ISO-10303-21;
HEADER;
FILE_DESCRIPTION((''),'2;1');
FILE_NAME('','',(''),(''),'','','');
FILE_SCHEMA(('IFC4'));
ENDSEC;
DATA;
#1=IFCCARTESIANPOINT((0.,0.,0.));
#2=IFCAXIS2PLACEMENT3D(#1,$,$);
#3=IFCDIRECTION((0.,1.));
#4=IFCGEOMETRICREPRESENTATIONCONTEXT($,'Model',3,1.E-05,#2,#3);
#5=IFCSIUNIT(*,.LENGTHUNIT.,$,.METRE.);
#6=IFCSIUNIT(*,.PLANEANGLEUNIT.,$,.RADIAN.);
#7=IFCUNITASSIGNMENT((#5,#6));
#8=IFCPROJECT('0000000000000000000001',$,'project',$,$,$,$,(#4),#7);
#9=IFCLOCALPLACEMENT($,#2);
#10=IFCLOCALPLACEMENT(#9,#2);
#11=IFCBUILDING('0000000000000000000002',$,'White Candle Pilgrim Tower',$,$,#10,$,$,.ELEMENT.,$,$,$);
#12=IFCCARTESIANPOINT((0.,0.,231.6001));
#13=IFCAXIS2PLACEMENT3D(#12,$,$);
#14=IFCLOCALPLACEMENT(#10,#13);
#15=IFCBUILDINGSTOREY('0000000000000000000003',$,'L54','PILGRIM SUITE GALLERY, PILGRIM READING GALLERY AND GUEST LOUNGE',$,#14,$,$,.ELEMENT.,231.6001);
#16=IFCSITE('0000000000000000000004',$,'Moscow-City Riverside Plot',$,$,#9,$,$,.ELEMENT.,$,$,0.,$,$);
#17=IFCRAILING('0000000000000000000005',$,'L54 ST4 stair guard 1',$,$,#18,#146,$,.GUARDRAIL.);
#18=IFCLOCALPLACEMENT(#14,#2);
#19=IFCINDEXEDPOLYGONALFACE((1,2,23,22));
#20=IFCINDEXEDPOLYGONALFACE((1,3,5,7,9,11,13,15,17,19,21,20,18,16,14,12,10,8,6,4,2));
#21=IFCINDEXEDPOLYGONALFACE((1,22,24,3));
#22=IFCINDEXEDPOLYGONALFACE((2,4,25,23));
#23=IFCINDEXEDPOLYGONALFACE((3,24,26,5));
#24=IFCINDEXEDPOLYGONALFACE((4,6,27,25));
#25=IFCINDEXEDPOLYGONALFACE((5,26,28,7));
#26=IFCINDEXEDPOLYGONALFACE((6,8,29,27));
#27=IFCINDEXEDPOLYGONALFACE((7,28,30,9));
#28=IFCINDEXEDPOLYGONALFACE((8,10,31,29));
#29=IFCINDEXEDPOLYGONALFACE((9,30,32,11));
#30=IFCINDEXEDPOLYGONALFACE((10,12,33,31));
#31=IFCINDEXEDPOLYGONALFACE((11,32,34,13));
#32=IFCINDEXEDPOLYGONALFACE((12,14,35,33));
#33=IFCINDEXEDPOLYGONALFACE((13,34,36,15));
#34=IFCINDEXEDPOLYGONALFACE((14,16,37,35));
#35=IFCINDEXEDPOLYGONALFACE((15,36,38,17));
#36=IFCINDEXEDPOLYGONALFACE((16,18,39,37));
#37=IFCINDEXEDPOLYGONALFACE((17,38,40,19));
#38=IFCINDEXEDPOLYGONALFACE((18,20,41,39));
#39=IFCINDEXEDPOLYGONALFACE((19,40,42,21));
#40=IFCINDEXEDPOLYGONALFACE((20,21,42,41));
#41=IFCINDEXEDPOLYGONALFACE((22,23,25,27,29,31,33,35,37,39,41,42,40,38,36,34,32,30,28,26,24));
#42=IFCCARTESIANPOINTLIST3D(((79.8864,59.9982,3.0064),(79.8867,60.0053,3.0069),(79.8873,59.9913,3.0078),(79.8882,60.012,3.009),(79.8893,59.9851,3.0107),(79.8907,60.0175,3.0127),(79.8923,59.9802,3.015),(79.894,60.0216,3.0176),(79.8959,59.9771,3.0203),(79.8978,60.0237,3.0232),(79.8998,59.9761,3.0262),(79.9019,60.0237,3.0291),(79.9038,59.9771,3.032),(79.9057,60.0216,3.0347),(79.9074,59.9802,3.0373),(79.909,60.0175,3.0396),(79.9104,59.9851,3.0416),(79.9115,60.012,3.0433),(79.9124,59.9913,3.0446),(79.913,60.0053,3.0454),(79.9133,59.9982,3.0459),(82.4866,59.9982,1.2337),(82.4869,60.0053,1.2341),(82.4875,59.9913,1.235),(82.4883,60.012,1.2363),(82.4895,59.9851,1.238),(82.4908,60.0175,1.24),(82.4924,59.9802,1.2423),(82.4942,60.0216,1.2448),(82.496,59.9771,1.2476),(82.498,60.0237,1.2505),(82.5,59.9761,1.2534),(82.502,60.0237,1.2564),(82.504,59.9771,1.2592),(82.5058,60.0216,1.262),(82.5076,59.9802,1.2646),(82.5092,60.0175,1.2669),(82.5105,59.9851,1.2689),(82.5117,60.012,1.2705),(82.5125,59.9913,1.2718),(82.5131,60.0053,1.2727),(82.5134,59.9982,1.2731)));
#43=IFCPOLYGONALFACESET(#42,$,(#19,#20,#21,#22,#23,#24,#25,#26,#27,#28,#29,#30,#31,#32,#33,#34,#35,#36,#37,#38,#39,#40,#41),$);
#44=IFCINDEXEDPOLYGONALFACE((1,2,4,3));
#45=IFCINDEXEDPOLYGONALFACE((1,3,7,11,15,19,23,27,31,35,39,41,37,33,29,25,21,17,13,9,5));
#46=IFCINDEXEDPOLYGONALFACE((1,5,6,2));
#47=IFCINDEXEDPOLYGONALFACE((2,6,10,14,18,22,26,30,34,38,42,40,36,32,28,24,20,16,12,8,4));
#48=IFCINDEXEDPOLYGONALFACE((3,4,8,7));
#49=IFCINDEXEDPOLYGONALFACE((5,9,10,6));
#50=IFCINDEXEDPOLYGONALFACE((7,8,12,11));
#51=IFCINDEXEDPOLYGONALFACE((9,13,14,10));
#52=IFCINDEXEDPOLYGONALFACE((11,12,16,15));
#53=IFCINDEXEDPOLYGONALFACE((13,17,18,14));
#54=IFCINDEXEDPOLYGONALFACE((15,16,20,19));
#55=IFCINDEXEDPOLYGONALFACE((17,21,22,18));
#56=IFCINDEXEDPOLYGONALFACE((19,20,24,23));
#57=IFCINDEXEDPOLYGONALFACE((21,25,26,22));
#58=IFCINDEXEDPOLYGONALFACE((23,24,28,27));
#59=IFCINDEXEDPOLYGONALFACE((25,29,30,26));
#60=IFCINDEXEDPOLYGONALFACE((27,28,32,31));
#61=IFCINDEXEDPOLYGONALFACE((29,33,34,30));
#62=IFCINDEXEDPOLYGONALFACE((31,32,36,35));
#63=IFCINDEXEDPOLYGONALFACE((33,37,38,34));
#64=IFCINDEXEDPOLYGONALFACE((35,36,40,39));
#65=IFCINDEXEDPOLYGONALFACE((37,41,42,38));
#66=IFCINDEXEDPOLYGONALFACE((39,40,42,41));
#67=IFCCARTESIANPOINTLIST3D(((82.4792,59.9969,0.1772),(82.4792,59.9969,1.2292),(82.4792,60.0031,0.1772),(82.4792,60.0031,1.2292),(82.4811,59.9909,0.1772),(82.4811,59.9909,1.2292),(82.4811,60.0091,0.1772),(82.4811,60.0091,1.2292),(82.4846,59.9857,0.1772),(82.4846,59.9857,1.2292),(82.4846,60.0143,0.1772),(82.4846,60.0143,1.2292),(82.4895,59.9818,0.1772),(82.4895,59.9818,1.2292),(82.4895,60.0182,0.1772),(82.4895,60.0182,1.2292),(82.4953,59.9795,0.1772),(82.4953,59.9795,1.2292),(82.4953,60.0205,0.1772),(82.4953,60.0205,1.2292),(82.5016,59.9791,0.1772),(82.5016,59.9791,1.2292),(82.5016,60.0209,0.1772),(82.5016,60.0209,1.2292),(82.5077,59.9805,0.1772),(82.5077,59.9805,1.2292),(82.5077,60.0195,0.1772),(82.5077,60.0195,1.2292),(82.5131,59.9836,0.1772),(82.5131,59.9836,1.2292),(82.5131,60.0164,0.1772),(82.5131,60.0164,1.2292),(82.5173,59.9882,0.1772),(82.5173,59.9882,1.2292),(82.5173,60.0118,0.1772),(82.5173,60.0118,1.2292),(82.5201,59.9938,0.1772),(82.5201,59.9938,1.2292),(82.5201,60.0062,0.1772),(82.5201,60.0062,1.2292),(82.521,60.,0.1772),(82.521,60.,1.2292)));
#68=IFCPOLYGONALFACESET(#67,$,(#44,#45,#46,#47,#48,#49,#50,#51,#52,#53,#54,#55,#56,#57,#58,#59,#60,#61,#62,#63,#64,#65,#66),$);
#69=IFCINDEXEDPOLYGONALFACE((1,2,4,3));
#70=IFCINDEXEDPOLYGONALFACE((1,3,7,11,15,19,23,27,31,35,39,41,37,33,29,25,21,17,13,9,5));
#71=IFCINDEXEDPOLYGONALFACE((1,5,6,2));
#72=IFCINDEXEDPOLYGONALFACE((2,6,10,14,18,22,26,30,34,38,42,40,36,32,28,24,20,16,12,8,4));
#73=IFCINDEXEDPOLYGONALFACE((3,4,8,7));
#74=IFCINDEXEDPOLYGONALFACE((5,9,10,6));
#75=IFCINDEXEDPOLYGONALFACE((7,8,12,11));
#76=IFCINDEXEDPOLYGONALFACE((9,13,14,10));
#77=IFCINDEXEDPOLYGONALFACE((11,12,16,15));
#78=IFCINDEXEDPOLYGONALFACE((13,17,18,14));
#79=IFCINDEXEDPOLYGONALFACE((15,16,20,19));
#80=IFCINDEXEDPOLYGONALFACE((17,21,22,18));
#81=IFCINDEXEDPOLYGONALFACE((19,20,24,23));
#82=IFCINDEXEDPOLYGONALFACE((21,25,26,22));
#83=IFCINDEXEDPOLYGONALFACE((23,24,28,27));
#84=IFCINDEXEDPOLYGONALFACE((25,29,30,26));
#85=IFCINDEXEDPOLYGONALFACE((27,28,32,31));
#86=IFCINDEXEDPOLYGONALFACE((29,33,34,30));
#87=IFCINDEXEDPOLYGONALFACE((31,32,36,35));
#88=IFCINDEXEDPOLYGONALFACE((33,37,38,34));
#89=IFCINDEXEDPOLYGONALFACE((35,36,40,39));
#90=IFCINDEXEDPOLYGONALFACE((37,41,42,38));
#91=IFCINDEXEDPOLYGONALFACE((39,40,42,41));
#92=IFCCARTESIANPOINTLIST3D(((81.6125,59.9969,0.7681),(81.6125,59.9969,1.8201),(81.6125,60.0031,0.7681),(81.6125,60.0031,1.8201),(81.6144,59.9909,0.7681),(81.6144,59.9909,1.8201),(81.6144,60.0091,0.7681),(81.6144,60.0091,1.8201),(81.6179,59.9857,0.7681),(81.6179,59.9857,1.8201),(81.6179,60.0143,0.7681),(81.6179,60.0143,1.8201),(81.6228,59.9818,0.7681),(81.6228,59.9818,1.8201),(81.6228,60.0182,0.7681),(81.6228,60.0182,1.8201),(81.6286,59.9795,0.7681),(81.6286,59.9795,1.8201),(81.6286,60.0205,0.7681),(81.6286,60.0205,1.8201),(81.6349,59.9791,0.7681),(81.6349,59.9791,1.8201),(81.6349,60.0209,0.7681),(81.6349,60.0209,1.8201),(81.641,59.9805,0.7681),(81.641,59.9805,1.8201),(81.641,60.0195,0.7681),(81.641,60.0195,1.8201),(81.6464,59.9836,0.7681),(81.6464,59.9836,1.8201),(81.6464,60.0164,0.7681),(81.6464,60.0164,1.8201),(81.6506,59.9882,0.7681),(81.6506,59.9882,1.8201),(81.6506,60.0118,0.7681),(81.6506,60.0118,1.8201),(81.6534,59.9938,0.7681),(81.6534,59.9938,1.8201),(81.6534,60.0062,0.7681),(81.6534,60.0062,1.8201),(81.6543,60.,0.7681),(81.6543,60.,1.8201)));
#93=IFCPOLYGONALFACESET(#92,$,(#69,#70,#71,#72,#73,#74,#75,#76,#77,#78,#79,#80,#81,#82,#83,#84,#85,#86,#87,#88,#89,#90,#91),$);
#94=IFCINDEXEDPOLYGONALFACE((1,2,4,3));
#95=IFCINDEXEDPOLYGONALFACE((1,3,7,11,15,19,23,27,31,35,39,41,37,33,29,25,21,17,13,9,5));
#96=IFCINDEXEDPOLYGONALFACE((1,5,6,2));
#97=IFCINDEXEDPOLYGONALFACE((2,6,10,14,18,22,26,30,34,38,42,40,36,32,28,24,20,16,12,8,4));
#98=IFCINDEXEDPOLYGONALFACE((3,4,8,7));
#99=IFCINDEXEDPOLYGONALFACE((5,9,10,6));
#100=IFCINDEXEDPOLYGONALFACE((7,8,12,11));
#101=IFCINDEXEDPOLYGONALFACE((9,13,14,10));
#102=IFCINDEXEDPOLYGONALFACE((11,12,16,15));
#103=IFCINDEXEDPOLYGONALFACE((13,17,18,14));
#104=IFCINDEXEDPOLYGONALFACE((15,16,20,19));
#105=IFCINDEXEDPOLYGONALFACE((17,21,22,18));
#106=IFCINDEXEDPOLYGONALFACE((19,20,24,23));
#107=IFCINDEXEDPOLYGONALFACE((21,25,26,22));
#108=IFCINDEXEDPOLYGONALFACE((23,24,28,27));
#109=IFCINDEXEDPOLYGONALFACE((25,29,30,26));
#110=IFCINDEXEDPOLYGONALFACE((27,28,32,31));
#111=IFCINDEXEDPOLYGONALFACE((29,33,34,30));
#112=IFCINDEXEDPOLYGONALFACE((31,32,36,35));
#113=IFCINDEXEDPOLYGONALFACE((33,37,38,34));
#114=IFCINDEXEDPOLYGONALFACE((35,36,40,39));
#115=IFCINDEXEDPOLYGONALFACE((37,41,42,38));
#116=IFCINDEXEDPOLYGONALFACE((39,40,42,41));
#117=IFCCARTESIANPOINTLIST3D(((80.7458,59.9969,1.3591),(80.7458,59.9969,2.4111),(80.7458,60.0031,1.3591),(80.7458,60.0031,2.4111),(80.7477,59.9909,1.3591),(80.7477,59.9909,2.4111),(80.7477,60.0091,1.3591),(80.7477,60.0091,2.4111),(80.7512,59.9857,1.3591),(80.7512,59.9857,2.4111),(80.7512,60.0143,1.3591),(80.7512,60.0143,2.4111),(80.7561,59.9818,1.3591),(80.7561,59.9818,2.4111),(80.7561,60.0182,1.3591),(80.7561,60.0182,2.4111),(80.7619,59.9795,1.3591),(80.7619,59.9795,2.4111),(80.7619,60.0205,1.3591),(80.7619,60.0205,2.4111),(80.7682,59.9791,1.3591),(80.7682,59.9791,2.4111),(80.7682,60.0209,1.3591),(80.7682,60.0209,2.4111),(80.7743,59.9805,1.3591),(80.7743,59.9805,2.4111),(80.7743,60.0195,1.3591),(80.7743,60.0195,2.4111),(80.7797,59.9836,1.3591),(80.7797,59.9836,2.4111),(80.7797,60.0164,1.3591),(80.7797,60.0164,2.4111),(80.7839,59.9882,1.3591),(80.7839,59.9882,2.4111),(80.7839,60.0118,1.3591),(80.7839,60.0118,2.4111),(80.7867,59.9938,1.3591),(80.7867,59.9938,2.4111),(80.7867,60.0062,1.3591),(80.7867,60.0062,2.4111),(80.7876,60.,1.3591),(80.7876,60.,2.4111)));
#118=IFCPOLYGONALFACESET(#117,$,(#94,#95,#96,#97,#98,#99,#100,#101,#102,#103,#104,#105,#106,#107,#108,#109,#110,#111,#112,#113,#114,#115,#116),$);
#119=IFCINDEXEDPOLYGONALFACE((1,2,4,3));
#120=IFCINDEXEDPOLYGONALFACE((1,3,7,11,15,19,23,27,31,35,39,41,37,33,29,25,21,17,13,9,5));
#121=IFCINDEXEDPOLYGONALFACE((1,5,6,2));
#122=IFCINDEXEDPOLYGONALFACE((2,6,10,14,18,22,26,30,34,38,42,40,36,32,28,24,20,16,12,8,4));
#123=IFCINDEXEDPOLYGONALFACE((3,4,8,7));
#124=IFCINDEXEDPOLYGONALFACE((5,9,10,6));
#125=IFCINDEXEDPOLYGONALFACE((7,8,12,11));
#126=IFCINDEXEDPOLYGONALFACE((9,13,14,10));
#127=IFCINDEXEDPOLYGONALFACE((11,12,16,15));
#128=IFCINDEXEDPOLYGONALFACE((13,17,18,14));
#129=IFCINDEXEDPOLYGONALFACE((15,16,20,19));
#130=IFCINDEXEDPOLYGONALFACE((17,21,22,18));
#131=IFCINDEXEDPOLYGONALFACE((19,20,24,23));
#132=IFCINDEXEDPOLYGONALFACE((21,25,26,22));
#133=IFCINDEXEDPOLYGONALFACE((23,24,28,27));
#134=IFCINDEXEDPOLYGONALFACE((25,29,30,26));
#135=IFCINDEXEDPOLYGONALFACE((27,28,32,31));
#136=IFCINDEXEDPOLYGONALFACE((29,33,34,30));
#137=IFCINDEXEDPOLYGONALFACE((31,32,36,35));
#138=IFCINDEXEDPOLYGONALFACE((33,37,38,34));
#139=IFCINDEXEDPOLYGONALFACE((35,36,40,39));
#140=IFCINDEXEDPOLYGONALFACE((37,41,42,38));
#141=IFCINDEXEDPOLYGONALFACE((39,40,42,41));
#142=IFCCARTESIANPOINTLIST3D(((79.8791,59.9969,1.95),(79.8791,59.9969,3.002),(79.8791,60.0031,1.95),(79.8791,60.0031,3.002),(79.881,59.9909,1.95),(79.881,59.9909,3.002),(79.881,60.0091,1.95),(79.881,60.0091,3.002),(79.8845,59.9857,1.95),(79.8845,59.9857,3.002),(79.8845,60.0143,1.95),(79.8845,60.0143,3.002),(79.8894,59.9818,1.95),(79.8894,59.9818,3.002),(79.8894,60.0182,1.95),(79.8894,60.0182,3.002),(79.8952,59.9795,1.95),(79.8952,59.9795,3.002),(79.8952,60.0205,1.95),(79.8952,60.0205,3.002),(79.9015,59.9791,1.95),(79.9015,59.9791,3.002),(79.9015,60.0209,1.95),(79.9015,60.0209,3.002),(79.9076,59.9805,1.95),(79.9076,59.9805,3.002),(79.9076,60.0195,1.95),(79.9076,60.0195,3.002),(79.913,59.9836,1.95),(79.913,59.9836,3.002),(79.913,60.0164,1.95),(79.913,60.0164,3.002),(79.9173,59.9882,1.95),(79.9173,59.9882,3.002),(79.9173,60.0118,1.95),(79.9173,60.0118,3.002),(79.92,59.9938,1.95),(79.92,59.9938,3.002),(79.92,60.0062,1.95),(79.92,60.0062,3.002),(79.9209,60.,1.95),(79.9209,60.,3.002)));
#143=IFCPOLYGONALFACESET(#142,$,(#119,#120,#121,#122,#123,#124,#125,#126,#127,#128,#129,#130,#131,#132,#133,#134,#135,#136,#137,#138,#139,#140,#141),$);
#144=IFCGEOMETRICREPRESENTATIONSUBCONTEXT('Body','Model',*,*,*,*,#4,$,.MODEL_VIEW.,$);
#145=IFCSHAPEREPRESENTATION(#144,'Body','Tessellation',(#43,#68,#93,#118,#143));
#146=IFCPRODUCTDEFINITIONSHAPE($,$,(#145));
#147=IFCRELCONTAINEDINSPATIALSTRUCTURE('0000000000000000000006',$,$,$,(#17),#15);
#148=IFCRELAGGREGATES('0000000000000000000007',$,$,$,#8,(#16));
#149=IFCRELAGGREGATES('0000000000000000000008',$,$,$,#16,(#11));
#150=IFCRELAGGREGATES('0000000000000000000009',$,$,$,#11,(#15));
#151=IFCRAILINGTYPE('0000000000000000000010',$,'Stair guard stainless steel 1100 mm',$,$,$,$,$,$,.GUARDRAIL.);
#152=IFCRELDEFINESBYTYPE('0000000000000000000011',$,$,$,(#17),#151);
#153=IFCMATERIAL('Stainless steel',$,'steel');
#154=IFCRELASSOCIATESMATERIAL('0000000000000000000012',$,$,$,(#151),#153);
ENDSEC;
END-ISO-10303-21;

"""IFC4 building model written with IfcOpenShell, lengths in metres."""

from ifc_helpers import new_model, si_unit, direction, frame, origin, origin_2d, place, context, subcontext, project, spatial, circle, extrude, material, type_object, element, save


model = new_model("IFC4")

# Units and contexts
model_context = context("Model", 3, precision=1e-05, world=origin(), true_north=direction((0.0, 1.0)))
body_context = subcontext(model_context, "Body", "Model", "MODEL_VIEW")
ifc_project = project(units=[si_unit("LENGTHUNIT", "METRE"), si_unit("PLANEANGLEUNIT", "RADIAN")], contexts=[model_context])

# Site, building, storey
site_placement = place(None, origin())
site = spatial("IfcSite", under=ifc_project, at=site_placement, Name="Moscow-City Riverside Plot", CompositionType="ELEMENT", RefElevation=0.0)
building_placement = place(site_placement, origin())
building = spatial("IfcBuilding", under=site, at=building_placement, Name="White Candle Pilgrim Tower", CompositionType="ELEMENT")
storey_placement = place(building_placement, frame((0.0, 0.0, 231.6001)))
storey = spatial("IfcBuildingStorey", under=building, at=storey_placement, Name="L54", Description="PILGRIM SUITE GALLERY, PILGRIM READING GALLERY AND GUEST LOUNGE", CompositionType="ELEMENT", Elevation=231.6001)

# Railing
ifc_material_1 = material(Name="Stainless steel", Category="steel")
railing_type_1 = type_object("IfcRailingType", Name="Stair guard stainless steel 1100 mm", PredefinedType="GUARDRAIL", material=ifc_material_1)
railing_1_placement = place(storey_placement, frame((82.5, 60.0, 0.1772)))
element("IfcRailing", 1, at=railing_1_placement, inside=storey, type_object=railing_type_1, Name="L54 ST4 stair guard 1", PredefinedType="GUARDRAIL", context=body_context, shape_type="SweptSolid", body=[
    extrude(circle(Radius=0.0239, at=origin_2d()), frame((0.0, 0.0, 1.0762), z_axis=(-0.82624, 0.0, 0.563318), x_axis=(0.0, -1.0, 0.0)), (0.0, 0.0, 1.0), 3.147),
    extrude(circle(Radius=0.021, at=origin_2d()), origin(), (0.0, 0.0, 1.0), 1.052),
    extrude(circle(Radius=0.021, at=origin_2d()), frame((-0.8667, 0.0, 0.5908)), (0.0, 0.0, 1.0), 1.052),
    extrude(circle(Radius=0.021, at=origin_2d()), frame((-1.7334, 0.0, 1.1819)), (0.0, 0.0, 1.0), 1.052),
    extrude(circle(Radius=0.021, at=origin_2d()), frame((-2.6001, 0.0, 1.7727)), (0.0, 0.0, 1.0), 1.052),
])

save(model, "model.ifc")
